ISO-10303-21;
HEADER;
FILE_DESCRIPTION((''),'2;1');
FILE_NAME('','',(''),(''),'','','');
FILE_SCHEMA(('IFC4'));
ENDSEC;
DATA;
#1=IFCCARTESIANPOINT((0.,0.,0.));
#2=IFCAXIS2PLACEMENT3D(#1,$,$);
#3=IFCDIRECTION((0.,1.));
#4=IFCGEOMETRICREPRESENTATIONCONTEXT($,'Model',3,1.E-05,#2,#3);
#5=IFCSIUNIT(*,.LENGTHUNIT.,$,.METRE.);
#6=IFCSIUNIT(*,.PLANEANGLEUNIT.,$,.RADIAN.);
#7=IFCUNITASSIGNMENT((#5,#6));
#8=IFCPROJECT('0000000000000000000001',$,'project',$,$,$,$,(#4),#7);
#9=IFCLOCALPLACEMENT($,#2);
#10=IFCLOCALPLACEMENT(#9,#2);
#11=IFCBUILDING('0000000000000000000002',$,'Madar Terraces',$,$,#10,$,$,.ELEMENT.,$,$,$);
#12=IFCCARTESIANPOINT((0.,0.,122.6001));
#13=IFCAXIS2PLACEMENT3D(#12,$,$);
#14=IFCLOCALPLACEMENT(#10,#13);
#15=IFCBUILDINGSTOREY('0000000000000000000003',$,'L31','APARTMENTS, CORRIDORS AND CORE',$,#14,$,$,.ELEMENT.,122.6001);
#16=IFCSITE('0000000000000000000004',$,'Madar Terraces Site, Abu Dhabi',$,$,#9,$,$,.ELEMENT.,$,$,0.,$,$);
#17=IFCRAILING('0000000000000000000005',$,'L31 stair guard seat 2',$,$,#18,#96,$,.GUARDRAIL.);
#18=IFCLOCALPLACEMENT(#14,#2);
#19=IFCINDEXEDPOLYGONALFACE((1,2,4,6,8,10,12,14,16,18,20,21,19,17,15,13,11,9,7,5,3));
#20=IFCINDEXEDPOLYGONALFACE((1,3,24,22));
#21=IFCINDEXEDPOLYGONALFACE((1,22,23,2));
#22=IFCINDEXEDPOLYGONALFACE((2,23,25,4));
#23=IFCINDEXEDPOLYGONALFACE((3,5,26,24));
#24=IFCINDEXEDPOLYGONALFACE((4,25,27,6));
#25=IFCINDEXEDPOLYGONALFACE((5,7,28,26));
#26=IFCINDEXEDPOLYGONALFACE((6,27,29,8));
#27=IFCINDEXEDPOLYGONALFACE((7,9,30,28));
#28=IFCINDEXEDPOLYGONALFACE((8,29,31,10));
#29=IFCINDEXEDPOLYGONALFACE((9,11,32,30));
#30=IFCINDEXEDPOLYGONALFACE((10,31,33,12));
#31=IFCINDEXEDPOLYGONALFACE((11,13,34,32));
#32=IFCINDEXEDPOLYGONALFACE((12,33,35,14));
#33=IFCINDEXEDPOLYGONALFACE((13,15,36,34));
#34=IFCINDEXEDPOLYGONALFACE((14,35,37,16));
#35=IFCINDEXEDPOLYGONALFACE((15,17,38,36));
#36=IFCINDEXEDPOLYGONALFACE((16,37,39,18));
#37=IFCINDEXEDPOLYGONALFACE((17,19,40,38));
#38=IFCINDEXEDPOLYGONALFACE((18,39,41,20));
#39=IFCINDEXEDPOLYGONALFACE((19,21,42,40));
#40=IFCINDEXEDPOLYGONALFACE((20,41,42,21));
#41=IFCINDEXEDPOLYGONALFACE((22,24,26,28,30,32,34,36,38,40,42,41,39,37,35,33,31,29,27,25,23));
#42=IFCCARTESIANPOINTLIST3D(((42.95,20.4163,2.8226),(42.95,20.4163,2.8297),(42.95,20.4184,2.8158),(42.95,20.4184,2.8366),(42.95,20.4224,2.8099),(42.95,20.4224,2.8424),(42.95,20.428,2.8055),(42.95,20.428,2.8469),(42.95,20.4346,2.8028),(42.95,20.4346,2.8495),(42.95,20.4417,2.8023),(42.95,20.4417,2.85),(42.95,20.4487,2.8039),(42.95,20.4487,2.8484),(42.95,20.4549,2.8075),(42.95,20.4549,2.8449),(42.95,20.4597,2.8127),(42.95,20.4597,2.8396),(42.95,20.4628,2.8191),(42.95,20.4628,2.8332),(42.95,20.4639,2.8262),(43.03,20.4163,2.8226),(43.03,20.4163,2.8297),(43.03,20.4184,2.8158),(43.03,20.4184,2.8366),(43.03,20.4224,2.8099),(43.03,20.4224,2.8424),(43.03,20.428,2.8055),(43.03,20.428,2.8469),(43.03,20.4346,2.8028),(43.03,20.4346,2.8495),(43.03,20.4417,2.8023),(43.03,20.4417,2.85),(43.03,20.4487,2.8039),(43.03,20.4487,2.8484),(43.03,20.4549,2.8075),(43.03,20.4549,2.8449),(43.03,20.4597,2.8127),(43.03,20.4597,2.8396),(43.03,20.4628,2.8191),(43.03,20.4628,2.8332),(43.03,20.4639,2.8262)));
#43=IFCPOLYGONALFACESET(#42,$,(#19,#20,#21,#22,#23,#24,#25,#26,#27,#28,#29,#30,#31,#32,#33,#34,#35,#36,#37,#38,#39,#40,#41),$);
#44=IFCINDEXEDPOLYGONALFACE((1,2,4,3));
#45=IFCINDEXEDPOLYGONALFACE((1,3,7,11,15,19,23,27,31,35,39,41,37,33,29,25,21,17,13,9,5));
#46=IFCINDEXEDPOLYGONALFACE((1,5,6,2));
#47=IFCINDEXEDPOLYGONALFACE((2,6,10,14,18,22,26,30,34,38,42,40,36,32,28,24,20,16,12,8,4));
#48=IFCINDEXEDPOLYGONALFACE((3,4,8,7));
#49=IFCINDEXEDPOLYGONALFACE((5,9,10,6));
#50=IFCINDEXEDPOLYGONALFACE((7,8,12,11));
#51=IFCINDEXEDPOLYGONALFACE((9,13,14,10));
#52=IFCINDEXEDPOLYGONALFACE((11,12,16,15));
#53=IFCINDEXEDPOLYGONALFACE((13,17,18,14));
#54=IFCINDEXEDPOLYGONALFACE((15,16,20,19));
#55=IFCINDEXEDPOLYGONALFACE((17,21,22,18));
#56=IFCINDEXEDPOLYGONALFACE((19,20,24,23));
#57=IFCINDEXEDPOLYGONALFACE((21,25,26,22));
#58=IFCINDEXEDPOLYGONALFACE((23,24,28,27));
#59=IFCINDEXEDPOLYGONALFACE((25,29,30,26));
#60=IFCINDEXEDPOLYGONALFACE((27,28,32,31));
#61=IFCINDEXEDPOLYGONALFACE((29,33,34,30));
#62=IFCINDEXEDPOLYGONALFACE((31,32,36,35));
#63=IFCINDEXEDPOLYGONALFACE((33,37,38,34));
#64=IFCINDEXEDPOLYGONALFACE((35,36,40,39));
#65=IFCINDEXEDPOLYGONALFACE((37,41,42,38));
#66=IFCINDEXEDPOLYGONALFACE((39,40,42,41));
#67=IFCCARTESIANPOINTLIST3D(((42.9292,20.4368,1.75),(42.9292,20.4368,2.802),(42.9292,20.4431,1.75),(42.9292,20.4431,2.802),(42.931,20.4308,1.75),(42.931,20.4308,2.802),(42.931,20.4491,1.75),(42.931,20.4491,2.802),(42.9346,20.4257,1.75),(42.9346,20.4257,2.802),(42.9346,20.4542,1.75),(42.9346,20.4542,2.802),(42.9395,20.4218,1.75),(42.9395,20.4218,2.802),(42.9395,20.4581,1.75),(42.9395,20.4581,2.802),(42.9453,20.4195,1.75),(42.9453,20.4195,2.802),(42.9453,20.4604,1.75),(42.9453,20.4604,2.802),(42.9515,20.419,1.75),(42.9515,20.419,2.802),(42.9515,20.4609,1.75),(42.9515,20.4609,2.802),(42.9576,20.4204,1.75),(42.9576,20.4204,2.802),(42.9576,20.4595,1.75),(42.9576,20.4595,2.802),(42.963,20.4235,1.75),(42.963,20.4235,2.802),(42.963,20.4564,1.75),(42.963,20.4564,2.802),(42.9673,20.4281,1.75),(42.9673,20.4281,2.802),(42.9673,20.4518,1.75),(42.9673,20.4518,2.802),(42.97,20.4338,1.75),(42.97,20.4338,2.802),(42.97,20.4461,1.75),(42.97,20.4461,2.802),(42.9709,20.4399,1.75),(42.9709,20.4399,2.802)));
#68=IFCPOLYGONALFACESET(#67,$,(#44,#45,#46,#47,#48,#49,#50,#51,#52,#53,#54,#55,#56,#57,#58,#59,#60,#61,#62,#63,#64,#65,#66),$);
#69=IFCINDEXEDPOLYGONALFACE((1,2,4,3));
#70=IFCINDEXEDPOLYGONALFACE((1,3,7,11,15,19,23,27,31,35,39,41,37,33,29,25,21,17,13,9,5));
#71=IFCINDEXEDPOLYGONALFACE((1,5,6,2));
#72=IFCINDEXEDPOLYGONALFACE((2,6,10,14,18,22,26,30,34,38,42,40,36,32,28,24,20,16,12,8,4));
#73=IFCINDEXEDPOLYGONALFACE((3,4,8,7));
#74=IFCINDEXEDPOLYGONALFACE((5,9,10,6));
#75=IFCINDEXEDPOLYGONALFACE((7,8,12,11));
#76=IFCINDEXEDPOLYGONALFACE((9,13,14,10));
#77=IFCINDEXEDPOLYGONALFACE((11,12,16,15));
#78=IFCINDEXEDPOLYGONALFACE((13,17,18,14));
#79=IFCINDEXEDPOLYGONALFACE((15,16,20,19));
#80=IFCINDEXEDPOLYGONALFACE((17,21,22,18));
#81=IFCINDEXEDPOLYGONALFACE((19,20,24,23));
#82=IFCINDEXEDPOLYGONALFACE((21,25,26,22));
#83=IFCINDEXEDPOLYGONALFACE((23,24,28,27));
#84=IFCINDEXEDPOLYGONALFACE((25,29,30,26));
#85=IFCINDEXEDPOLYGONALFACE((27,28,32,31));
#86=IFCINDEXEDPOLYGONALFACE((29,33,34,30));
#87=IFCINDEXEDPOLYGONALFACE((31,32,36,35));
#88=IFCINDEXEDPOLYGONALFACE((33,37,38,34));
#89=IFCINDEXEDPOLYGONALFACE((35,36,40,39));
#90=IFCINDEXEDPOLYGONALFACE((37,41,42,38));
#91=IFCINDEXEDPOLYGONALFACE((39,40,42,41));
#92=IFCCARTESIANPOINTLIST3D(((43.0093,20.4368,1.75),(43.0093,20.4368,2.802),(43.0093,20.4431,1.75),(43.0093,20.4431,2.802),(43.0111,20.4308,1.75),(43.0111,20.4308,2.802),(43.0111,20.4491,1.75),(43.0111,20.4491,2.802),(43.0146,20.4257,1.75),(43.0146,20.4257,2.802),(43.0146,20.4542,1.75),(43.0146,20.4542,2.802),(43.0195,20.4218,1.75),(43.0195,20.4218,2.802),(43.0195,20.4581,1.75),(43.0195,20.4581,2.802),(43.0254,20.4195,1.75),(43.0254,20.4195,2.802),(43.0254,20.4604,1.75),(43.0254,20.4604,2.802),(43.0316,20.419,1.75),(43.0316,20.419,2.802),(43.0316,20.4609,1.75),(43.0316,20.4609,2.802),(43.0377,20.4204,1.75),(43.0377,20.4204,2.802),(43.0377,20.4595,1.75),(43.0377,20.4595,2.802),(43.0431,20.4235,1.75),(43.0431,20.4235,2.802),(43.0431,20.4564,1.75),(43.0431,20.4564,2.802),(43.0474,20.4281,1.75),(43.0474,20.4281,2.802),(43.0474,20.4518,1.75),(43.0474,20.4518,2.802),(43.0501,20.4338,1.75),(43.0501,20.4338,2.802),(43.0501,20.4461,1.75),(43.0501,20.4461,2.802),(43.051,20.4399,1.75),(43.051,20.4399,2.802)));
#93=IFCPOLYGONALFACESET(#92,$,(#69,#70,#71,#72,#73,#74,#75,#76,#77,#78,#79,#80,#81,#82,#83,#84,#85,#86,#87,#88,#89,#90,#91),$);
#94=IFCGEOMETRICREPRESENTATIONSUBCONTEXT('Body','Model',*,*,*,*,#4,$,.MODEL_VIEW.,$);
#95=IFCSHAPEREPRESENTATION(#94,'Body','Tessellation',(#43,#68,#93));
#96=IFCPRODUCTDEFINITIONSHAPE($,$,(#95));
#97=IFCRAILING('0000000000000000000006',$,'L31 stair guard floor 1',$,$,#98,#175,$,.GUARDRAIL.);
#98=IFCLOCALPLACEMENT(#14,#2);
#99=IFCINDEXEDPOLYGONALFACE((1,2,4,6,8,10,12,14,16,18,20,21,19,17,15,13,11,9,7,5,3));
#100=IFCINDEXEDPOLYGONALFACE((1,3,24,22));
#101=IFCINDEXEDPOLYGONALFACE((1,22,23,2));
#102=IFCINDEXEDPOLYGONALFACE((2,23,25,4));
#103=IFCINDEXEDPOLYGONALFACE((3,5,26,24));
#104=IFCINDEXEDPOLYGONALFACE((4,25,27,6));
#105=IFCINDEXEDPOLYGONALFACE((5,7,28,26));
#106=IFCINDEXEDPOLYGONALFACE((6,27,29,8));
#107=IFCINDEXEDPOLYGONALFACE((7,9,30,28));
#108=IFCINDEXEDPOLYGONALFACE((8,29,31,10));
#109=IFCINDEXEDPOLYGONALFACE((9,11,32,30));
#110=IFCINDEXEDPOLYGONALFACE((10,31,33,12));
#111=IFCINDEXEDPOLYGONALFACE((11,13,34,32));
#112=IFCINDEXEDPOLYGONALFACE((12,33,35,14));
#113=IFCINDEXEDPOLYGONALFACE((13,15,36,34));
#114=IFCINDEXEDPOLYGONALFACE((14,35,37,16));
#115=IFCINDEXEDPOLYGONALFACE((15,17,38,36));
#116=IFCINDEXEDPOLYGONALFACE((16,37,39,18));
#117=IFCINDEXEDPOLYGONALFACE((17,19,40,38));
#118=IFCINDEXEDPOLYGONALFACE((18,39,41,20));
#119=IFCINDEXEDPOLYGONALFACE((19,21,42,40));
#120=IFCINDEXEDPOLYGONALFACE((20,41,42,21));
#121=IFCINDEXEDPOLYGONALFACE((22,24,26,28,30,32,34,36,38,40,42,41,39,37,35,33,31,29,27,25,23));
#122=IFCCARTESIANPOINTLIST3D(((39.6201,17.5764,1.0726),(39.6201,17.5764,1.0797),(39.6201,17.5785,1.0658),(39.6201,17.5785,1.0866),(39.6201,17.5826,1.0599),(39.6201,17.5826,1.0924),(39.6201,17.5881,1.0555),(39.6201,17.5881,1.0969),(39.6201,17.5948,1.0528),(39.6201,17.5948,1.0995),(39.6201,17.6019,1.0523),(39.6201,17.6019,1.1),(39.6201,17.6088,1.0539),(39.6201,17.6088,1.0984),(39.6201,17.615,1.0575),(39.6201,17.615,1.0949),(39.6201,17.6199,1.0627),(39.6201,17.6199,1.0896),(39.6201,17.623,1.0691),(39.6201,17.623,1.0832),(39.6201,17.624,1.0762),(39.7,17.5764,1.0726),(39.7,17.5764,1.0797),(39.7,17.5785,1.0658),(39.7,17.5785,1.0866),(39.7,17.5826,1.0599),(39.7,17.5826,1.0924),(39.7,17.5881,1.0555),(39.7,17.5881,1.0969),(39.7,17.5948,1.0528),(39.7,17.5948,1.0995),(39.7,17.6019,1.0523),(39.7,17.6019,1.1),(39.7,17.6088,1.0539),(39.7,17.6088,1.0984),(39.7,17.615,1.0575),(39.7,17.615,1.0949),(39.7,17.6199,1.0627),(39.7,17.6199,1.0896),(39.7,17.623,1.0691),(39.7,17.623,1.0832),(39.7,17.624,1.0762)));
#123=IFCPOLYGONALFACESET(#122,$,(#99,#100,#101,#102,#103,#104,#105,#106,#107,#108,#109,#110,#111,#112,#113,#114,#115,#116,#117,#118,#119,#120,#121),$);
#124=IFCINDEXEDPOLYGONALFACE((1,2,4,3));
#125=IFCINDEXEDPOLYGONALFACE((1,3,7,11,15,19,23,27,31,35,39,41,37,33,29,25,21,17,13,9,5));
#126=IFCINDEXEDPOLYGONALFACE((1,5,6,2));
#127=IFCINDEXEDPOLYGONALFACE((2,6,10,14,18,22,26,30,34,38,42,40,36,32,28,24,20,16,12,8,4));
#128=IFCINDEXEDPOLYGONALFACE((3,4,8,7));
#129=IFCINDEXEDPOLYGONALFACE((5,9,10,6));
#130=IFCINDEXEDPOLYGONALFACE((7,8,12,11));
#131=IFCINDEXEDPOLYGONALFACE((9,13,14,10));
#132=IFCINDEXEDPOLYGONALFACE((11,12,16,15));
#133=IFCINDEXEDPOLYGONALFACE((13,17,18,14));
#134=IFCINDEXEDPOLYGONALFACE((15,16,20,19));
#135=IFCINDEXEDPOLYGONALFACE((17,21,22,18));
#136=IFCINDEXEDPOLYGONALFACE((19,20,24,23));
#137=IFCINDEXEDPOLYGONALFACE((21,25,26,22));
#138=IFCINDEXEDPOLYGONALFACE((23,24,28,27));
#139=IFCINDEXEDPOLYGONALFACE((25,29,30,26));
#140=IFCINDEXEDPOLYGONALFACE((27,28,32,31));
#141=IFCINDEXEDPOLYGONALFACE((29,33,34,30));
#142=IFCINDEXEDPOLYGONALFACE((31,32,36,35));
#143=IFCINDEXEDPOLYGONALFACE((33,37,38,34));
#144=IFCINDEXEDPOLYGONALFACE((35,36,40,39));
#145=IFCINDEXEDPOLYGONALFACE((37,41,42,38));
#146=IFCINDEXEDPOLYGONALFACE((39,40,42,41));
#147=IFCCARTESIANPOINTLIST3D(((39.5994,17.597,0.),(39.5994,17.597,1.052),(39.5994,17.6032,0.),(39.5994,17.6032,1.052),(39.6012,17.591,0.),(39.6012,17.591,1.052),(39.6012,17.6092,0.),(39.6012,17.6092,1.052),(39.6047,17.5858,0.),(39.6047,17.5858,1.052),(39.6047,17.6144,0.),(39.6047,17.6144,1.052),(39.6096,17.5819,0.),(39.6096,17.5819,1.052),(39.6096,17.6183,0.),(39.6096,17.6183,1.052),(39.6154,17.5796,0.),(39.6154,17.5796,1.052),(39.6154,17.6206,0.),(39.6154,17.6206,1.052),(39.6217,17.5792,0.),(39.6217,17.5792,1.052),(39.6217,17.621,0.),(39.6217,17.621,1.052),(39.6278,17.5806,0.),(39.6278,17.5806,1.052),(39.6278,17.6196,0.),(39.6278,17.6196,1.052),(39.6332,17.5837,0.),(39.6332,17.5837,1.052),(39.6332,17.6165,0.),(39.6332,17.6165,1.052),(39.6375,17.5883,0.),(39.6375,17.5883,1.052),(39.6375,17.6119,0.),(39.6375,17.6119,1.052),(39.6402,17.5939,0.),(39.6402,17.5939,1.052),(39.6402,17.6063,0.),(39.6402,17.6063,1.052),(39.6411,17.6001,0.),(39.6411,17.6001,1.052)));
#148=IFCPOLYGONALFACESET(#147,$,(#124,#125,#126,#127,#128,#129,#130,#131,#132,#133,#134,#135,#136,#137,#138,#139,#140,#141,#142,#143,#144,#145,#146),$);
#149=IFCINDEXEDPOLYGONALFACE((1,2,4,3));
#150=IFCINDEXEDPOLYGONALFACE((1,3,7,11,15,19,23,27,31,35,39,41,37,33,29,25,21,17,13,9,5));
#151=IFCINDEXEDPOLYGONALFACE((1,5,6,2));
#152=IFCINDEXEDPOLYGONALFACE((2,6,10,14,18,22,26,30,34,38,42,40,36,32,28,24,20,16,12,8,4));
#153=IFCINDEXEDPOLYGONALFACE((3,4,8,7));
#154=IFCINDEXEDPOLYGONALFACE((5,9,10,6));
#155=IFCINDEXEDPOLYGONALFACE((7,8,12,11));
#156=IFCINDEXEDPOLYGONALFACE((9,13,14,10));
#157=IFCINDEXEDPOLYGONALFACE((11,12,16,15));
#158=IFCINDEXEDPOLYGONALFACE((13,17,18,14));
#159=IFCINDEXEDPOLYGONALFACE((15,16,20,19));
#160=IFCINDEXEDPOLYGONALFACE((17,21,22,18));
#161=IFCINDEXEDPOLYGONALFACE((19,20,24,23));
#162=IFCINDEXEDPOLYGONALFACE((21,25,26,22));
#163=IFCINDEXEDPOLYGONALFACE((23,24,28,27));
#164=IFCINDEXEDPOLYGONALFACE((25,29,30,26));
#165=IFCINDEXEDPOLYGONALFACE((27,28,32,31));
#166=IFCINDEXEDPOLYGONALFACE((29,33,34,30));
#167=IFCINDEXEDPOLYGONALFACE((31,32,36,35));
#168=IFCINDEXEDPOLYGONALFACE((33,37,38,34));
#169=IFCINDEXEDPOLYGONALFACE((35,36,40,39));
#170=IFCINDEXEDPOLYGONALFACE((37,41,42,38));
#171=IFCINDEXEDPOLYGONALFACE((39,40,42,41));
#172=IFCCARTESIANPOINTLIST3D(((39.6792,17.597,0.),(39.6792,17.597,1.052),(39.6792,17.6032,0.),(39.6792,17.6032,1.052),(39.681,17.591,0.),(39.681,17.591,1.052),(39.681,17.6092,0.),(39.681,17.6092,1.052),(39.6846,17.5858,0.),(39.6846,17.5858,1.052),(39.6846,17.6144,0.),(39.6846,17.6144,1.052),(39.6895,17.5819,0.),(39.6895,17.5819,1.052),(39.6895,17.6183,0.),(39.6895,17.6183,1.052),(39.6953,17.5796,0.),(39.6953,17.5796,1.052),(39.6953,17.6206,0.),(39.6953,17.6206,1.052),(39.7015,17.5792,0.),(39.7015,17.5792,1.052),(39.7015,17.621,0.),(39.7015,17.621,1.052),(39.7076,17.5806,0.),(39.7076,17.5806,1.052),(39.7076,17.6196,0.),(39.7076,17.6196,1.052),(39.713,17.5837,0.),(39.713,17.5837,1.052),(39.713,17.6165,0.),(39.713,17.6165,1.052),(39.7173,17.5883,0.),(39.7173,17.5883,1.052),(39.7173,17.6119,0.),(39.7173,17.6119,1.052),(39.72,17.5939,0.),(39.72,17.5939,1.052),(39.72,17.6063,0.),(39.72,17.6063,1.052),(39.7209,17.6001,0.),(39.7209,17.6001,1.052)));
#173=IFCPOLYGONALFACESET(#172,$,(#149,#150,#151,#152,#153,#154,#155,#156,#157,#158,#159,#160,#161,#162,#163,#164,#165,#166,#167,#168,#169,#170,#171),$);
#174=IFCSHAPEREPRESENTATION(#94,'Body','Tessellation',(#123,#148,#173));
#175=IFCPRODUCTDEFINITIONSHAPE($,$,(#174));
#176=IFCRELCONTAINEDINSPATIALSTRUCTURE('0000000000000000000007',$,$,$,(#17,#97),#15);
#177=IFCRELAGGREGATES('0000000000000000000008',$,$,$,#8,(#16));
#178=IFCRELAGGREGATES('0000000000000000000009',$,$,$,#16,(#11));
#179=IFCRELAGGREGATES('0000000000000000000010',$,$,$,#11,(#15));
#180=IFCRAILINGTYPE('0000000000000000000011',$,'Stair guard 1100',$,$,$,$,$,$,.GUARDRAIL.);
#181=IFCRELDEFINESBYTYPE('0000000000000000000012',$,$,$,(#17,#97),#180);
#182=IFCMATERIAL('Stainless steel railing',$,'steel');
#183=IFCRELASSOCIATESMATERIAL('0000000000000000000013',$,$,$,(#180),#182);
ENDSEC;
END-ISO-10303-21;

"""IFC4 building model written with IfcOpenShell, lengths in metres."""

from ifc_helpers import new_model, si_unit, direction, frame, origin, origin_2d, place, context, subcontext, project, spatial, circle, extrude, material, type_object, element, save


model = new_model("IFC4")

# Units and contexts
model_context = context("Model", 3, precision=1e-05, world=origin(), true_north=direction((0.0, 1.0)))
body_context = subcontext(model_context, "Body", "Model", "MODEL_VIEW")
ifc_project = project(units=[si_unit("LENGTHUNIT", "METRE"), si_unit("PLANEANGLEUNIT", "RADIAN")], contexts=[model_context])

# Site, building, storey
site_placement = place(None, origin())
site = spatial("IfcSite", under=ifc_project, at=site_placement, Name="Madar Terraces Site, Abu Dhabi", CompositionType="ELEMENT", RefElevation=0.0)
building_placement = place(site_placement, origin())
building = spatial("IfcBuilding", under=site, at=building_placement, Name="Madar Terraces", CompositionType="ELEMENT")
storey_placement = place(building_placement, frame((0.0, 0.0, 122.6001)))
storey = spatial("IfcBuildingStorey", under=building, at=storey_placement, Name="L31", Description="APARTMENTS, CORRIDORS AND CORE", CompositionType="ELEMENT", Elevation=122.6001)

# Railings
ifc_material_1 = material(Name="Stainless steel railing", Category="steel")
railing_type_1 = type_object("IfcRailingType", Name="Stair guard 1100", PredefinedType="GUARDRAIL", material=ifc_material_1)
railing_1_placement = place(storey_placement, frame((42.95, 20.4399, 1.75)))
element("IfcRailing", 1, at=railing_1_placement, inside=storey, type_object=railing_type_1, Name="L31 stair guard seat 2", PredefinedType="GUARDRAIL", context=body_context, shape_type="SweptSolid", body=[
    extrude(circle(Radius=0.0239, at=origin_2d()), frame((0.0, 0.0, 1.0762), z_axis=(1.0, 0.0, 0.0), x_axis=(0.0, 1.0, 0.0)), (0.0, 0.0, 1.0), 0.0801),
    extrude(circle(Radius=0.021, at=origin_2d()), origin(), (0.0, 0.0, 1.0), 1.052),
    extrude(circle(Radius=0.021, at=origin_2d()), frame((0.0801, 0.0, 0.0)), (0.0, 0.0, 1.0), 1.052),
])
railing_2_placement = place(storey_placement, frame((39.6201, 17.6001, 0.0)))
element("IfcRailing", 2, at=railing_2_placement, inside=storey, type_object=railing_type_1, Name="L31 stair guard floor 1", PredefinedType="GUARDRAIL", context=body_context, shape_type="SweptSolid", body=[
    extrude(circle(Radius=0.0239, at=origin_2d()), frame((0.0, 0.0, 1.0762), z_axis=(1.0, 0.0, 0.0), x_axis=(0.0, 1.0, 0.0)), (0.0, 0.0, 1.0), 0.0798),
    extrude(circle(Radius=0.021, at=origin_2d()), origin(), (0.0, 0.0, 1.0), 1.052),
    extrude(circle(Radius=0.021, at=origin_2d()), frame((0.0798, 0.0, 0.0)), (0.0, 0.0, 1.0), 1.052),
])

save(model, "model.ifc")
